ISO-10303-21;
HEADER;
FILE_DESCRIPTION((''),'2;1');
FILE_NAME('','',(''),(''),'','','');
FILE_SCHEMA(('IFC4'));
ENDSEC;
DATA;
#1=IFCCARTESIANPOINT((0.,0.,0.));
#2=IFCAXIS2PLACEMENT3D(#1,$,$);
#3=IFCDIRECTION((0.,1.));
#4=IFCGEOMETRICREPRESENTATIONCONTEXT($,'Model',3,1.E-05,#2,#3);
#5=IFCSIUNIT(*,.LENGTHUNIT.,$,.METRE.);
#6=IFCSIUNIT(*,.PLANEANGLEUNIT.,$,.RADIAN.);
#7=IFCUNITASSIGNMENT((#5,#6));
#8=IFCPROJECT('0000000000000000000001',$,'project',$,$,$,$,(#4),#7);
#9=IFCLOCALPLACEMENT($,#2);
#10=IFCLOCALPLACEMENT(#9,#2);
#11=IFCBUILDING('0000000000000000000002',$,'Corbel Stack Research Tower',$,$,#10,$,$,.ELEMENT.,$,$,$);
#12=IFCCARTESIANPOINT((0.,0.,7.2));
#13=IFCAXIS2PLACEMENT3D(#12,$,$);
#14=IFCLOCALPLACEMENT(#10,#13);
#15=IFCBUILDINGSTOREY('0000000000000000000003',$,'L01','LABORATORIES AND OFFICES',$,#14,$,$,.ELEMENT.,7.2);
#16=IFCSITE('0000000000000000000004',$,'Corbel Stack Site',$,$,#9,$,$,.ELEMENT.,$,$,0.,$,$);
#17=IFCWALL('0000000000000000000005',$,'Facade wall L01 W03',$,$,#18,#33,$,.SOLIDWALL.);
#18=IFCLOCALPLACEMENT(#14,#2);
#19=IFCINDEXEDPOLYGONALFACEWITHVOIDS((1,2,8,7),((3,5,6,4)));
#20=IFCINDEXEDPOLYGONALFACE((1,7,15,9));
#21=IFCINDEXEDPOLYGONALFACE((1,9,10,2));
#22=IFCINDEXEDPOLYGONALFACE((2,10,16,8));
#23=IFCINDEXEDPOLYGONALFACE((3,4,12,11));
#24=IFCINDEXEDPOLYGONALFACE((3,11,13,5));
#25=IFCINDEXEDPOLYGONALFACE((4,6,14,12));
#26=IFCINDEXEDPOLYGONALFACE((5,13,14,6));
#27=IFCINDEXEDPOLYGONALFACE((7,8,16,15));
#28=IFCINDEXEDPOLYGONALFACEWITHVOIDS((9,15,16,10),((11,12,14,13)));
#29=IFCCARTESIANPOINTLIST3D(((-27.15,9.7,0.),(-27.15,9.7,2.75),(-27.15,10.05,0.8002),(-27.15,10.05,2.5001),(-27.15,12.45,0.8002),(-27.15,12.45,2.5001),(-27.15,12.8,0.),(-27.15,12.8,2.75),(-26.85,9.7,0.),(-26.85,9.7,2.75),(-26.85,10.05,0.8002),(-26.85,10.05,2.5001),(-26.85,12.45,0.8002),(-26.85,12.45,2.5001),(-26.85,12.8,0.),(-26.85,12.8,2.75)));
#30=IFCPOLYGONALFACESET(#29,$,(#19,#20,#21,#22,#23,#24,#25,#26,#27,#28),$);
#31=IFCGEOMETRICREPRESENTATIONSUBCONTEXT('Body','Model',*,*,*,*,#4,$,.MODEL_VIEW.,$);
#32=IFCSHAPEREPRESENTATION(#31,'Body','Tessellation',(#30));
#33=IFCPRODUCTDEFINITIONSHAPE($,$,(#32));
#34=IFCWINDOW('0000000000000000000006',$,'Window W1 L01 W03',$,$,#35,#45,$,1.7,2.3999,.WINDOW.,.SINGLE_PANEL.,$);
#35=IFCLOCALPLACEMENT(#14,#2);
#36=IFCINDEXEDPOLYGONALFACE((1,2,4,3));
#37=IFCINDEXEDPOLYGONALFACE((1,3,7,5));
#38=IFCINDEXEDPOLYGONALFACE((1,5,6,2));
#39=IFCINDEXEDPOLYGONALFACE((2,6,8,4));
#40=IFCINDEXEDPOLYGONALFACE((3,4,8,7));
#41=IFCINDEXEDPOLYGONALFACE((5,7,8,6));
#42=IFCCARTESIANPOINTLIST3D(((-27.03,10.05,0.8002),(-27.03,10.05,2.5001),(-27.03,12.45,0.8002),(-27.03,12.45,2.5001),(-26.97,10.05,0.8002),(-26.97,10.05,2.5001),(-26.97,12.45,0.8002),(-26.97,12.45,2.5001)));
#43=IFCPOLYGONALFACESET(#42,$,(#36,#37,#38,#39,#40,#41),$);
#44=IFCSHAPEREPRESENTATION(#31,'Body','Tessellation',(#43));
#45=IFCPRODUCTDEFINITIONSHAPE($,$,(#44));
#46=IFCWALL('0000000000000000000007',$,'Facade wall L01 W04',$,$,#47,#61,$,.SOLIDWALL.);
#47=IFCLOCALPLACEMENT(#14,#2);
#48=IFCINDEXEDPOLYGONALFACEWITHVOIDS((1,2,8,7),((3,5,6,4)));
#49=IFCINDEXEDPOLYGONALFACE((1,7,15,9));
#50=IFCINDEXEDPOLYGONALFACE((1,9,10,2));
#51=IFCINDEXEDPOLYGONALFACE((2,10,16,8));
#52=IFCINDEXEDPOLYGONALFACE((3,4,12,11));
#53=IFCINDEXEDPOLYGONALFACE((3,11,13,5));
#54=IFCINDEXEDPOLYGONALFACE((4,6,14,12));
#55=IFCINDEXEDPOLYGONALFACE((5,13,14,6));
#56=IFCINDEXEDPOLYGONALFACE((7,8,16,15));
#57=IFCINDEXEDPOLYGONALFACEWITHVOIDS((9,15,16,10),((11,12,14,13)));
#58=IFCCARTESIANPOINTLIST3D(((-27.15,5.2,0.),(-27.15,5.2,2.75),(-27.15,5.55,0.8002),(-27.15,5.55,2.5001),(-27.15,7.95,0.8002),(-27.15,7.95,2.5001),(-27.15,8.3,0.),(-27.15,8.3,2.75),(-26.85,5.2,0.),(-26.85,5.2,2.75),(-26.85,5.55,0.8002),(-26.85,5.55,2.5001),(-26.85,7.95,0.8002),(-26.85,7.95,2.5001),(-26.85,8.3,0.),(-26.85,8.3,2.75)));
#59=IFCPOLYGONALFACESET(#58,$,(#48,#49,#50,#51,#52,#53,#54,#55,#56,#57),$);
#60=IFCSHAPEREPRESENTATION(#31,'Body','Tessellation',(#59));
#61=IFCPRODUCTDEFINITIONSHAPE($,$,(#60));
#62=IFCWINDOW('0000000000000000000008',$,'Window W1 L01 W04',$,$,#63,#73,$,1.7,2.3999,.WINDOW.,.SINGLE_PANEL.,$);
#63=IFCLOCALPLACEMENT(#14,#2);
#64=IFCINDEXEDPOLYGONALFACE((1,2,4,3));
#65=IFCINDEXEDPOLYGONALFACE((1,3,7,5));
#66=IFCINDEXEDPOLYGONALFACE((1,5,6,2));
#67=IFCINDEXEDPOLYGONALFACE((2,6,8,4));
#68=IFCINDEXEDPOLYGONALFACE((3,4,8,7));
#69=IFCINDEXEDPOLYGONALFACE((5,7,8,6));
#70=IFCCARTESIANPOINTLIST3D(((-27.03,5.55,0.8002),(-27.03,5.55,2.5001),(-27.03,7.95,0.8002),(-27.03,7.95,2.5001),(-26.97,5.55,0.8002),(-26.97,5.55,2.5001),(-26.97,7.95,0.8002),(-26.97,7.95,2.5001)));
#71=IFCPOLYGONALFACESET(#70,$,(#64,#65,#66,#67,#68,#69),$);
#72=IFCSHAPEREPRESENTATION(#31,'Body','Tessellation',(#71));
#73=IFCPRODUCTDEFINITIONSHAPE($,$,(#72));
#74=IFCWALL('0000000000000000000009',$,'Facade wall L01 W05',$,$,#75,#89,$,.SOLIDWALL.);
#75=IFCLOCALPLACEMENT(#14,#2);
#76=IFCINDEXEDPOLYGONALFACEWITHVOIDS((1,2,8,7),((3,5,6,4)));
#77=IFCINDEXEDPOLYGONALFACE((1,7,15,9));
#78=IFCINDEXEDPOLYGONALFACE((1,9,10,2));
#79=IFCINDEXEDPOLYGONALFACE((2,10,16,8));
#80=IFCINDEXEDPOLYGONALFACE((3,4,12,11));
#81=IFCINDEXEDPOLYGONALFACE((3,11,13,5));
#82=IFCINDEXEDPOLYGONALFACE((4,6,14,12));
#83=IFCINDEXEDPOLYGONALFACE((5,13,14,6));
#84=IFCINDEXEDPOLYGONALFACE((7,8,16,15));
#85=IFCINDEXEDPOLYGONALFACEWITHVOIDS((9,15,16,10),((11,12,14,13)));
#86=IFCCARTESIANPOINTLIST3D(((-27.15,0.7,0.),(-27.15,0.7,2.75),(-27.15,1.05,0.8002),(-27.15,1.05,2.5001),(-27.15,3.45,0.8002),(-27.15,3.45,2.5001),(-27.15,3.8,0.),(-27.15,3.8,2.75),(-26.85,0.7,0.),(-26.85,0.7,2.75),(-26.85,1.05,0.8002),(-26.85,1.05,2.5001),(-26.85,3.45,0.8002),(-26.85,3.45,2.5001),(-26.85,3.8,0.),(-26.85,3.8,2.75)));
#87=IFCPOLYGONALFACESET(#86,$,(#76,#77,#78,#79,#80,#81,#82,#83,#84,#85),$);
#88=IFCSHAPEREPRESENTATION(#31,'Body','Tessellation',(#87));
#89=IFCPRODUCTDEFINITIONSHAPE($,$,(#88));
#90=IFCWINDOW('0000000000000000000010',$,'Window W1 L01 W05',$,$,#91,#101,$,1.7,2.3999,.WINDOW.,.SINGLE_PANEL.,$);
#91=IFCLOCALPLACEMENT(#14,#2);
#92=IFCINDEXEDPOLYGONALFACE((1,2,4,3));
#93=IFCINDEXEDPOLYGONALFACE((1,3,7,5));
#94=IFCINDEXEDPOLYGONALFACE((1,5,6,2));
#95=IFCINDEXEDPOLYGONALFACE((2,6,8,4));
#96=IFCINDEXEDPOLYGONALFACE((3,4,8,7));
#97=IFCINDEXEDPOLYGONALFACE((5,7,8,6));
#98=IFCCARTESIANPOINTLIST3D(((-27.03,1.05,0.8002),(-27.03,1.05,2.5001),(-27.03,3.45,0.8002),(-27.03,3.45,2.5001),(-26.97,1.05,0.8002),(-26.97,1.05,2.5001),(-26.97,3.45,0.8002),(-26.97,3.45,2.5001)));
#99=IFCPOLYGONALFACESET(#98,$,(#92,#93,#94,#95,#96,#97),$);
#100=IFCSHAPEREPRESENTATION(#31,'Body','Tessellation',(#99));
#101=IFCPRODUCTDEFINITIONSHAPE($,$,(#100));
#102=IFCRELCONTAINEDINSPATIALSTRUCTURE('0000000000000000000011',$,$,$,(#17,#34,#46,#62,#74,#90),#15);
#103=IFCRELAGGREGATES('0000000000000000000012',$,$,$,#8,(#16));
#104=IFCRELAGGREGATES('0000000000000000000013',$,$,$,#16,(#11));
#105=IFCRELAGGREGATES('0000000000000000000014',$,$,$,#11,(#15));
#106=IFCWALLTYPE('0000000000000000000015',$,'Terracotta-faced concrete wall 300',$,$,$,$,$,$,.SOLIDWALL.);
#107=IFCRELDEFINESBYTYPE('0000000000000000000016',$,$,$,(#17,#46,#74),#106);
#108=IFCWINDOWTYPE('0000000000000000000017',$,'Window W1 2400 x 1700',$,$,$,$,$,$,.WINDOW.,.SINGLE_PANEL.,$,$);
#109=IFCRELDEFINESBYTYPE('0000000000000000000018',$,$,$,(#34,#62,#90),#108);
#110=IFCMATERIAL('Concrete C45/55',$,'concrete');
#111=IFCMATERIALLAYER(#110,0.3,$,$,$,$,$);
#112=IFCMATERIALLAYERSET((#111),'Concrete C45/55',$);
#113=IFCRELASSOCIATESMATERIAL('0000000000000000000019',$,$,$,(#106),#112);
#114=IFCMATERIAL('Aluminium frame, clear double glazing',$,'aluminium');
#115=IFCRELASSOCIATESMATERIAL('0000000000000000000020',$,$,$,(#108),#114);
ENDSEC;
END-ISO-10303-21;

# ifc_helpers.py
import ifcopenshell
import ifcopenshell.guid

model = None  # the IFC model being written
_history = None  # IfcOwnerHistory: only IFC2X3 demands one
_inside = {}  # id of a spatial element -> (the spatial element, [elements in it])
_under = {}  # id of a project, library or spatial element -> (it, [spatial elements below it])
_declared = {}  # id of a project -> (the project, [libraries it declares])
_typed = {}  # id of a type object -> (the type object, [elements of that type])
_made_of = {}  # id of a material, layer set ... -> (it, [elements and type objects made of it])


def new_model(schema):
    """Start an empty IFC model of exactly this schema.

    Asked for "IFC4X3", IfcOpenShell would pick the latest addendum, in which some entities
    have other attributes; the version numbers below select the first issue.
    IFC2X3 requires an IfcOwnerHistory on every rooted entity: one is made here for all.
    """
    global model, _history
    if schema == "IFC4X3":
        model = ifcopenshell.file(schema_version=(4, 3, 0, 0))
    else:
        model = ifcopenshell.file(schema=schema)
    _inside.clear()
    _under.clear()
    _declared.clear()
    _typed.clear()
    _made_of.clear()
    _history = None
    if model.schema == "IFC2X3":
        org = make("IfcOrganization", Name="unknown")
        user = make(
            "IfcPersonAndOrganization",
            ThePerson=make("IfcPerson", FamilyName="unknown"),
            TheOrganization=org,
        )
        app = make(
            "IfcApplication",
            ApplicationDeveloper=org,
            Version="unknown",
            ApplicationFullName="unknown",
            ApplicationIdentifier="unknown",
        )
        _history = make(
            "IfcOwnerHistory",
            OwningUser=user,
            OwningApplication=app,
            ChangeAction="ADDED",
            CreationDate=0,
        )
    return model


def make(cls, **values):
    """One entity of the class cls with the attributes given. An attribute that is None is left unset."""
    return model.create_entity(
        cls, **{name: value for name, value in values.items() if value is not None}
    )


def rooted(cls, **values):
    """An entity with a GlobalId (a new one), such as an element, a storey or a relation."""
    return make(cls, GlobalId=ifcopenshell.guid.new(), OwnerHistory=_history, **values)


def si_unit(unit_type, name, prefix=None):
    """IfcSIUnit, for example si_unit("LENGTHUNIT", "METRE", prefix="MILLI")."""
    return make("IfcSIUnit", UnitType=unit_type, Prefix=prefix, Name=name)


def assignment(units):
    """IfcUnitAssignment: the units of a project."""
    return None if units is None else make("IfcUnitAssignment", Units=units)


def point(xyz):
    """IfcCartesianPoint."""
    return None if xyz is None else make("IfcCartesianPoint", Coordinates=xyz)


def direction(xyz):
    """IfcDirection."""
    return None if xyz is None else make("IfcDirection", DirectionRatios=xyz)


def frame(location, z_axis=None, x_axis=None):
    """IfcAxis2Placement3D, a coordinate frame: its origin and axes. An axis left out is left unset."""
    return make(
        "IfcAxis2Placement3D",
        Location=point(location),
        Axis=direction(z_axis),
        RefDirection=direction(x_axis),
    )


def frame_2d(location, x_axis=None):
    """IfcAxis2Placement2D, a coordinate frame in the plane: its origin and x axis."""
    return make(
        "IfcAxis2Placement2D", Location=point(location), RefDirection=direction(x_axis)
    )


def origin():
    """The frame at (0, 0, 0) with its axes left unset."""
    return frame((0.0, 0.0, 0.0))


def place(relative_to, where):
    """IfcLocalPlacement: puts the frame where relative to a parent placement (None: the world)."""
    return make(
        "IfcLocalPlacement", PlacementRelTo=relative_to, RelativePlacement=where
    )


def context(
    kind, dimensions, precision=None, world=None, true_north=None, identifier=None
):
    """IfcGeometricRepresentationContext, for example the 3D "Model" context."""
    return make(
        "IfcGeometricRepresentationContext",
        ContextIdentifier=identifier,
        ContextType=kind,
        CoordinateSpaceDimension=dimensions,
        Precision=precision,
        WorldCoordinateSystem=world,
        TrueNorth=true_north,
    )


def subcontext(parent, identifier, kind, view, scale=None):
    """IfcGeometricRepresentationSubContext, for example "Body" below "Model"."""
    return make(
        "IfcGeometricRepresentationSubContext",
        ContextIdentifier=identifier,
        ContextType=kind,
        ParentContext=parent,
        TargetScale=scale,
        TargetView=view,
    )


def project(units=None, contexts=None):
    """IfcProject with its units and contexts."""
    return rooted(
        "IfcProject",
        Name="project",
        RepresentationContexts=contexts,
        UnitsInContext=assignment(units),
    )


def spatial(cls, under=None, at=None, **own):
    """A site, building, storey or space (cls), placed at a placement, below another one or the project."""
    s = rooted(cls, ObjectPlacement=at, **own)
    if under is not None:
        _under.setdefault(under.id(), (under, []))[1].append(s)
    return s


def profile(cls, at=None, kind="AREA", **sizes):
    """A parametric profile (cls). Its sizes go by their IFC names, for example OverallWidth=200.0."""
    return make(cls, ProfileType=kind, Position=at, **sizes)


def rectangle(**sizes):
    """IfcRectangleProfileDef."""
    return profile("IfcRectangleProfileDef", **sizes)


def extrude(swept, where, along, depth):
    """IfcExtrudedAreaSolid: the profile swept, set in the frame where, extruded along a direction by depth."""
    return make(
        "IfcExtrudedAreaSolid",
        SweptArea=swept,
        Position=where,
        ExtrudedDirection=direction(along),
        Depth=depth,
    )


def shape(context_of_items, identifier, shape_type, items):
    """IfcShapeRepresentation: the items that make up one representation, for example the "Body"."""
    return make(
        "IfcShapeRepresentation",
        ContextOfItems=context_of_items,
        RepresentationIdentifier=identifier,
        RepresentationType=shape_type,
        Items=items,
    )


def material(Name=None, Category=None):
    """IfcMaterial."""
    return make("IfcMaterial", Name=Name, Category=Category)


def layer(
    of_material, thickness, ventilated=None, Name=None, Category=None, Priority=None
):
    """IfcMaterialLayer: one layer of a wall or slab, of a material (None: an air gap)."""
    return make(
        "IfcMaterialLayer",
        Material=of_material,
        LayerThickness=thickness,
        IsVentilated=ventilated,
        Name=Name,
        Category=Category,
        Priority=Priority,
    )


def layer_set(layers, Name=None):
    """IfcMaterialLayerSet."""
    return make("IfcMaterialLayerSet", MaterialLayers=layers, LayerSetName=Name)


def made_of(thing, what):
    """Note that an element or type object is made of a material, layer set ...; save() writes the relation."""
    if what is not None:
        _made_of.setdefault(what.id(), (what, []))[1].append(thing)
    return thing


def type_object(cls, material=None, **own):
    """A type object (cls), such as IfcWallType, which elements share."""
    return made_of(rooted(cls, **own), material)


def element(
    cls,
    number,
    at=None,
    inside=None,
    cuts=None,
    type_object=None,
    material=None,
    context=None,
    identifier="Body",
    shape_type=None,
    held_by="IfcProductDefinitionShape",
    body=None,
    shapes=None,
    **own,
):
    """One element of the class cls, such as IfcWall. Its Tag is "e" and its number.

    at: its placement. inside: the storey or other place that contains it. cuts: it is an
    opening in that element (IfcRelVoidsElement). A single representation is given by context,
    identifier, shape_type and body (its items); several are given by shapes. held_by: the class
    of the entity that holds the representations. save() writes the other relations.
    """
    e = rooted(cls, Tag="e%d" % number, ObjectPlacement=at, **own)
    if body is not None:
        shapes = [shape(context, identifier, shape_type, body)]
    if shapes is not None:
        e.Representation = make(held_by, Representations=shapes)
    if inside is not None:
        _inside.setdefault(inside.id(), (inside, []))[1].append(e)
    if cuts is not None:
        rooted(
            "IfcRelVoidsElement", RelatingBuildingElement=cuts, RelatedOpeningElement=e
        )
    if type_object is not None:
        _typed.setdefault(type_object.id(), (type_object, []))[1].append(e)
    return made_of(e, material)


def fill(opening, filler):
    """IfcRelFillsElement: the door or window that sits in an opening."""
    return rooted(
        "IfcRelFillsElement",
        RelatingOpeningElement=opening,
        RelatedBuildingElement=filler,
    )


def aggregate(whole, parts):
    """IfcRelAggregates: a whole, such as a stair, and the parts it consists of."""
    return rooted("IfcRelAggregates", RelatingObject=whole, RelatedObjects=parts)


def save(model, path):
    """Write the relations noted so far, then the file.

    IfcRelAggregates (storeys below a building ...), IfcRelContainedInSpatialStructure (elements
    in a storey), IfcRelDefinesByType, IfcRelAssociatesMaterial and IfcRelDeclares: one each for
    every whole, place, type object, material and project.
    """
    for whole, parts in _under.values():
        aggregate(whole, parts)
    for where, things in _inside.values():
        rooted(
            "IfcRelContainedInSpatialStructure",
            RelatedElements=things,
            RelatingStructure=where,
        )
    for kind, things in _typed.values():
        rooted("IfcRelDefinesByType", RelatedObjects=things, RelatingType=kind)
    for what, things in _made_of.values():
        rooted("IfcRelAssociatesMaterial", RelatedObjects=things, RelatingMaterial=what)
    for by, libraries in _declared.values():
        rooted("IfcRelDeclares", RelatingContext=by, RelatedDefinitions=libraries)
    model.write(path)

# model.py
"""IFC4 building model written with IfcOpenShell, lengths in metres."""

from ifc_helpers import new_model, si_unit, direction, frame, frame_2d, origin, place, context, subcontext, project, spatial, rectangle, extrude, material, layer, layer_set, type_object, element, fill, save


model = new_model("IFC4")

# Units and contexts
model_context = context("Model", 3, precision=1e-05, world=origin(), true_north=direction((0.0, 1.0)))
body_context = subcontext(model_context, "Body", "Model", "MODEL_VIEW")
ifc_project = project(units=[si_unit("LENGTHUNIT", "METRE"), si_unit("PLANEANGLEUNIT", "RADIAN")], contexts=[model_context])

# Site, building, storey
site_placement = place(None, origin())
site = spatial("IfcSite", under=ifc_project, at=site_placement, Name="Corbel Stack Site", CompositionType="ELEMENT", RefElevation=0.0)
building_placement = place(site_placement, origin())
building = spatial("IfcBuilding", under=site, at=building_placement, Name="Corbel Stack Research Tower", CompositionType="ELEMENT")
storey_placement = place(building_placement, frame((0.0, 0.0, 7.2)))
storey = spatial("IfcBuildingStorey", under=building, at=storey_placement, Name="L01", Description="LABORATORIES AND OFFICES", CompositionType="ELEMENT", Elevation=7.2)

# Shared definitions
ifc_material_1 = material(Name="Concrete C45/55", Category="concrete")
ifc_layer_1 = layer(ifc_material_1, 0.3)
ifc_layer_set_1 = layer_set([ifc_layer_1], Name="Concrete C45/55")
wall_type_1 = type_object("IfcWallType", Name="Terracotta-faced concrete wall 300", PredefinedType="SOLIDWALL", material=ifc_layer_set_1)

# Walls, openings, windows
wall_1_placement = place(storey_placement, frame((-27.0, 9.7, 0.0), z_axis=(0.0, 0.0, 1.0), x_axis=(0.0, 1.0, 0.0)))
wall_1 = element("IfcWall", 1, at=wall_1_placement, inside=storey, type_object=wall_type_1, Name="Facade wall L01 W03", PredefinedType="SOLIDWALL", context=body_context, shape_type="SweptSolid", body=[
    extrude(rectangle(XDim=3.1001, YDim=0.3, at=frame_2d((1.55, 0.0))), origin(), (0.0, 0.0, 1.0), 2.75),
])
opening_1_placement = place(wall_1_placement, frame((0.3501, 0.0, 0.8)))
opening_1 = element("IfcOpeningElement", 2, at=opening_1_placement, cuts=wall_1, PredefinedType="OPENING", context=body_context, shape_type="SweptSolid", body=[
    extrude(rectangle(XDim=2.3999, YDim=1.7, at=frame_2d((1.2, 0.8501))), frame((0.0, 0.1599, 0.0), z_axis=(0.0, -1.0, 0.0), x_axis=(1.0, 0.0, 0.0)), (0.0, 0.0, 1.0), 0.3201),
])
ifc_material_2 = material(Name="Aluminium frame, clear double glazing", Category="aluminium")
window_type = type_object("IfcWindowType", Name="Window W1 2400 x 1700", PartitioningType="SINGLE_PANEL", PredefinedType="WINDOW", material=ifc_material_2)
window_1_placement = place(opening_1_placement, origin())
window_1 = element("IfcWindow", 3, at=window_1_placement, inside=storey, type_object=window_type, Name="Window W1 L01 W03", OverallHeight=1.7, OverallWidth=2.3999, PartitioningType="SINGLE_PANEL", PredefinedType="WINDOW", context=body_context, shape_type="SweptSolid", body=[
    extrude(rectangle(XDim=2.3999, YDim=1.7, at=frame_2d((1.2, 0.8501))), frame((0.0, 0.03, 0.0), z_axis=(0.0, -1.0, 0.0), x_axis=(1.0, 0.0, 0.0)), (0.0, 0.0, 1.0), 0.0601),
])
fill(opening_1, window_1)
wall_2_placement = place(storey_placement, frame((-27.0, 5.2, 0.0), z_axis=(0.0, 0.0, 1.0), x_axis=(0.0, 1.0, 0.0)))
wall_2 = element("IfcWall", 4, at=wall_2_placement, inside=storey, type_object=wall_type_1, Name="Facade wall L01 W04", PredefinedType="SOLIDWALL", context=body_context, shape_type="SweptSolid", body=[
    extrude(rectangle(XDim=3.1001, YDim=0.3, at=frame_2d((1.55, 0.0))), origin(), (0.0, 0.0, 1.0), 2.75),
])
opening_2_placement = place(wall_2_placement, frame((0.3501, 0.0, 0.8)))
opening_2 = element("IfcOpeningElement", 5, at=opening_2_placement, cuts=wall_2, PredefinedType="OPENING", context=body_context, shape_type="SweptSolid", body=[
    extrude(rectangle(XDim=2.3999, YDim=1.7, at=frame_2d((1.2, 0.8501))), frame((0.0, 0.1599, 0.0), z_axis=(0.0, -1.0, 0.0), x_axis=(1.0, 0.0, 0.0)), (0.0, 0.0, 1.0), 0.3201),
])
window_2_placement = place(opening_2_placement, origin())
window_2 = element("IfcWindow", 6, at=window_2_placement, inside=storey, type_object=window_type, Name="Window W1 L01 W04", OverallHeight=1.7, OverallWidth=2.3999, PartitioningType="SINGLE_PANEL", PredefinedType="WINDOW", context=body_context, shape_type="SweptSolid", body=[
    extrude(rectangle(XDim=2.3999, YDim=1.7, at=frame_2d((1.2, 0.8501))), frame((0.0, 0.03, 0.0), z_axis=(0.0, -1.0, 0.0), x_axis=(1.0, 0.0, 0.0)), (0.0, 0.0, 1.0), 0.0601),
])
fill(opening_2, window_2)
wall_3_placement = place(storey_placement, frame((-27.0, 0.7, 0.0), z_axis=(0.0, 0.0, 1.0), x_axis=(0.0, 1.0, 0.0)))
wall_3 = element("IfcWall", 7, at=wall_3_placement, inside=storey, type_object=wall_type_1, Name="Facade wall L01 W05", PredefinedType="SOLIDWALL", context=body_context, shape_type="SweptSolid", body=[
    extrude(rectangle(XDim=3.1001, YDim=0.3, at=frame_2d((1.55, 0.0))), origin(), (0.0, 0.0, 1.0), 2.75),
])
opening_3_placement = place(wall_3_placement, frame((0.3501, 0.0, 0.8)))
opening_3 = element("IfcOpeningElement", 8, at=opening_3_placement, cuts=wall_3, PredefinedType="OPENING", context=body_context, shape_type="SweptSolid", body=[
    extrude(rectangle(XDim=2.3999, YDim=1.7, at=frame_2d((1.2, 0.8501))), frame((0.0, 0.1599, 0.0), z_axis=(0.0, -1.0, 0.0), x_axis=(1.0, 0.0, 0.0)), (0.0, 0.0, 1.0), 0.3201),
])
window_3_placement = place(opening_3_placement, origin())
window_3 = element("IfcWindow", 9, at=window_3_placement, inside=storey, type_object=window_type, Name="Window W1 L01 W05", OverallHeight=1.7, OverallWidth=2.3999, PartitioningType="SINGLE_PANEL", PredefinedType="WINDOW", context=body_context, shape_type="SweptSolid", body=[
    extrude(rectangle(XDim=2.3999, YDim=1.7, at=frame_2d((1.2, 0.8501))), frame((0.0, 0.03, 0.0), z_axis=(0.0, -1.0, 0.0), x_axis=(1.0, 0.0, 0.0)), (0.0, 0.0, 1.0), 0.0601),
])
fill(opening_3, window_3)

save(model, "model.ifc")
